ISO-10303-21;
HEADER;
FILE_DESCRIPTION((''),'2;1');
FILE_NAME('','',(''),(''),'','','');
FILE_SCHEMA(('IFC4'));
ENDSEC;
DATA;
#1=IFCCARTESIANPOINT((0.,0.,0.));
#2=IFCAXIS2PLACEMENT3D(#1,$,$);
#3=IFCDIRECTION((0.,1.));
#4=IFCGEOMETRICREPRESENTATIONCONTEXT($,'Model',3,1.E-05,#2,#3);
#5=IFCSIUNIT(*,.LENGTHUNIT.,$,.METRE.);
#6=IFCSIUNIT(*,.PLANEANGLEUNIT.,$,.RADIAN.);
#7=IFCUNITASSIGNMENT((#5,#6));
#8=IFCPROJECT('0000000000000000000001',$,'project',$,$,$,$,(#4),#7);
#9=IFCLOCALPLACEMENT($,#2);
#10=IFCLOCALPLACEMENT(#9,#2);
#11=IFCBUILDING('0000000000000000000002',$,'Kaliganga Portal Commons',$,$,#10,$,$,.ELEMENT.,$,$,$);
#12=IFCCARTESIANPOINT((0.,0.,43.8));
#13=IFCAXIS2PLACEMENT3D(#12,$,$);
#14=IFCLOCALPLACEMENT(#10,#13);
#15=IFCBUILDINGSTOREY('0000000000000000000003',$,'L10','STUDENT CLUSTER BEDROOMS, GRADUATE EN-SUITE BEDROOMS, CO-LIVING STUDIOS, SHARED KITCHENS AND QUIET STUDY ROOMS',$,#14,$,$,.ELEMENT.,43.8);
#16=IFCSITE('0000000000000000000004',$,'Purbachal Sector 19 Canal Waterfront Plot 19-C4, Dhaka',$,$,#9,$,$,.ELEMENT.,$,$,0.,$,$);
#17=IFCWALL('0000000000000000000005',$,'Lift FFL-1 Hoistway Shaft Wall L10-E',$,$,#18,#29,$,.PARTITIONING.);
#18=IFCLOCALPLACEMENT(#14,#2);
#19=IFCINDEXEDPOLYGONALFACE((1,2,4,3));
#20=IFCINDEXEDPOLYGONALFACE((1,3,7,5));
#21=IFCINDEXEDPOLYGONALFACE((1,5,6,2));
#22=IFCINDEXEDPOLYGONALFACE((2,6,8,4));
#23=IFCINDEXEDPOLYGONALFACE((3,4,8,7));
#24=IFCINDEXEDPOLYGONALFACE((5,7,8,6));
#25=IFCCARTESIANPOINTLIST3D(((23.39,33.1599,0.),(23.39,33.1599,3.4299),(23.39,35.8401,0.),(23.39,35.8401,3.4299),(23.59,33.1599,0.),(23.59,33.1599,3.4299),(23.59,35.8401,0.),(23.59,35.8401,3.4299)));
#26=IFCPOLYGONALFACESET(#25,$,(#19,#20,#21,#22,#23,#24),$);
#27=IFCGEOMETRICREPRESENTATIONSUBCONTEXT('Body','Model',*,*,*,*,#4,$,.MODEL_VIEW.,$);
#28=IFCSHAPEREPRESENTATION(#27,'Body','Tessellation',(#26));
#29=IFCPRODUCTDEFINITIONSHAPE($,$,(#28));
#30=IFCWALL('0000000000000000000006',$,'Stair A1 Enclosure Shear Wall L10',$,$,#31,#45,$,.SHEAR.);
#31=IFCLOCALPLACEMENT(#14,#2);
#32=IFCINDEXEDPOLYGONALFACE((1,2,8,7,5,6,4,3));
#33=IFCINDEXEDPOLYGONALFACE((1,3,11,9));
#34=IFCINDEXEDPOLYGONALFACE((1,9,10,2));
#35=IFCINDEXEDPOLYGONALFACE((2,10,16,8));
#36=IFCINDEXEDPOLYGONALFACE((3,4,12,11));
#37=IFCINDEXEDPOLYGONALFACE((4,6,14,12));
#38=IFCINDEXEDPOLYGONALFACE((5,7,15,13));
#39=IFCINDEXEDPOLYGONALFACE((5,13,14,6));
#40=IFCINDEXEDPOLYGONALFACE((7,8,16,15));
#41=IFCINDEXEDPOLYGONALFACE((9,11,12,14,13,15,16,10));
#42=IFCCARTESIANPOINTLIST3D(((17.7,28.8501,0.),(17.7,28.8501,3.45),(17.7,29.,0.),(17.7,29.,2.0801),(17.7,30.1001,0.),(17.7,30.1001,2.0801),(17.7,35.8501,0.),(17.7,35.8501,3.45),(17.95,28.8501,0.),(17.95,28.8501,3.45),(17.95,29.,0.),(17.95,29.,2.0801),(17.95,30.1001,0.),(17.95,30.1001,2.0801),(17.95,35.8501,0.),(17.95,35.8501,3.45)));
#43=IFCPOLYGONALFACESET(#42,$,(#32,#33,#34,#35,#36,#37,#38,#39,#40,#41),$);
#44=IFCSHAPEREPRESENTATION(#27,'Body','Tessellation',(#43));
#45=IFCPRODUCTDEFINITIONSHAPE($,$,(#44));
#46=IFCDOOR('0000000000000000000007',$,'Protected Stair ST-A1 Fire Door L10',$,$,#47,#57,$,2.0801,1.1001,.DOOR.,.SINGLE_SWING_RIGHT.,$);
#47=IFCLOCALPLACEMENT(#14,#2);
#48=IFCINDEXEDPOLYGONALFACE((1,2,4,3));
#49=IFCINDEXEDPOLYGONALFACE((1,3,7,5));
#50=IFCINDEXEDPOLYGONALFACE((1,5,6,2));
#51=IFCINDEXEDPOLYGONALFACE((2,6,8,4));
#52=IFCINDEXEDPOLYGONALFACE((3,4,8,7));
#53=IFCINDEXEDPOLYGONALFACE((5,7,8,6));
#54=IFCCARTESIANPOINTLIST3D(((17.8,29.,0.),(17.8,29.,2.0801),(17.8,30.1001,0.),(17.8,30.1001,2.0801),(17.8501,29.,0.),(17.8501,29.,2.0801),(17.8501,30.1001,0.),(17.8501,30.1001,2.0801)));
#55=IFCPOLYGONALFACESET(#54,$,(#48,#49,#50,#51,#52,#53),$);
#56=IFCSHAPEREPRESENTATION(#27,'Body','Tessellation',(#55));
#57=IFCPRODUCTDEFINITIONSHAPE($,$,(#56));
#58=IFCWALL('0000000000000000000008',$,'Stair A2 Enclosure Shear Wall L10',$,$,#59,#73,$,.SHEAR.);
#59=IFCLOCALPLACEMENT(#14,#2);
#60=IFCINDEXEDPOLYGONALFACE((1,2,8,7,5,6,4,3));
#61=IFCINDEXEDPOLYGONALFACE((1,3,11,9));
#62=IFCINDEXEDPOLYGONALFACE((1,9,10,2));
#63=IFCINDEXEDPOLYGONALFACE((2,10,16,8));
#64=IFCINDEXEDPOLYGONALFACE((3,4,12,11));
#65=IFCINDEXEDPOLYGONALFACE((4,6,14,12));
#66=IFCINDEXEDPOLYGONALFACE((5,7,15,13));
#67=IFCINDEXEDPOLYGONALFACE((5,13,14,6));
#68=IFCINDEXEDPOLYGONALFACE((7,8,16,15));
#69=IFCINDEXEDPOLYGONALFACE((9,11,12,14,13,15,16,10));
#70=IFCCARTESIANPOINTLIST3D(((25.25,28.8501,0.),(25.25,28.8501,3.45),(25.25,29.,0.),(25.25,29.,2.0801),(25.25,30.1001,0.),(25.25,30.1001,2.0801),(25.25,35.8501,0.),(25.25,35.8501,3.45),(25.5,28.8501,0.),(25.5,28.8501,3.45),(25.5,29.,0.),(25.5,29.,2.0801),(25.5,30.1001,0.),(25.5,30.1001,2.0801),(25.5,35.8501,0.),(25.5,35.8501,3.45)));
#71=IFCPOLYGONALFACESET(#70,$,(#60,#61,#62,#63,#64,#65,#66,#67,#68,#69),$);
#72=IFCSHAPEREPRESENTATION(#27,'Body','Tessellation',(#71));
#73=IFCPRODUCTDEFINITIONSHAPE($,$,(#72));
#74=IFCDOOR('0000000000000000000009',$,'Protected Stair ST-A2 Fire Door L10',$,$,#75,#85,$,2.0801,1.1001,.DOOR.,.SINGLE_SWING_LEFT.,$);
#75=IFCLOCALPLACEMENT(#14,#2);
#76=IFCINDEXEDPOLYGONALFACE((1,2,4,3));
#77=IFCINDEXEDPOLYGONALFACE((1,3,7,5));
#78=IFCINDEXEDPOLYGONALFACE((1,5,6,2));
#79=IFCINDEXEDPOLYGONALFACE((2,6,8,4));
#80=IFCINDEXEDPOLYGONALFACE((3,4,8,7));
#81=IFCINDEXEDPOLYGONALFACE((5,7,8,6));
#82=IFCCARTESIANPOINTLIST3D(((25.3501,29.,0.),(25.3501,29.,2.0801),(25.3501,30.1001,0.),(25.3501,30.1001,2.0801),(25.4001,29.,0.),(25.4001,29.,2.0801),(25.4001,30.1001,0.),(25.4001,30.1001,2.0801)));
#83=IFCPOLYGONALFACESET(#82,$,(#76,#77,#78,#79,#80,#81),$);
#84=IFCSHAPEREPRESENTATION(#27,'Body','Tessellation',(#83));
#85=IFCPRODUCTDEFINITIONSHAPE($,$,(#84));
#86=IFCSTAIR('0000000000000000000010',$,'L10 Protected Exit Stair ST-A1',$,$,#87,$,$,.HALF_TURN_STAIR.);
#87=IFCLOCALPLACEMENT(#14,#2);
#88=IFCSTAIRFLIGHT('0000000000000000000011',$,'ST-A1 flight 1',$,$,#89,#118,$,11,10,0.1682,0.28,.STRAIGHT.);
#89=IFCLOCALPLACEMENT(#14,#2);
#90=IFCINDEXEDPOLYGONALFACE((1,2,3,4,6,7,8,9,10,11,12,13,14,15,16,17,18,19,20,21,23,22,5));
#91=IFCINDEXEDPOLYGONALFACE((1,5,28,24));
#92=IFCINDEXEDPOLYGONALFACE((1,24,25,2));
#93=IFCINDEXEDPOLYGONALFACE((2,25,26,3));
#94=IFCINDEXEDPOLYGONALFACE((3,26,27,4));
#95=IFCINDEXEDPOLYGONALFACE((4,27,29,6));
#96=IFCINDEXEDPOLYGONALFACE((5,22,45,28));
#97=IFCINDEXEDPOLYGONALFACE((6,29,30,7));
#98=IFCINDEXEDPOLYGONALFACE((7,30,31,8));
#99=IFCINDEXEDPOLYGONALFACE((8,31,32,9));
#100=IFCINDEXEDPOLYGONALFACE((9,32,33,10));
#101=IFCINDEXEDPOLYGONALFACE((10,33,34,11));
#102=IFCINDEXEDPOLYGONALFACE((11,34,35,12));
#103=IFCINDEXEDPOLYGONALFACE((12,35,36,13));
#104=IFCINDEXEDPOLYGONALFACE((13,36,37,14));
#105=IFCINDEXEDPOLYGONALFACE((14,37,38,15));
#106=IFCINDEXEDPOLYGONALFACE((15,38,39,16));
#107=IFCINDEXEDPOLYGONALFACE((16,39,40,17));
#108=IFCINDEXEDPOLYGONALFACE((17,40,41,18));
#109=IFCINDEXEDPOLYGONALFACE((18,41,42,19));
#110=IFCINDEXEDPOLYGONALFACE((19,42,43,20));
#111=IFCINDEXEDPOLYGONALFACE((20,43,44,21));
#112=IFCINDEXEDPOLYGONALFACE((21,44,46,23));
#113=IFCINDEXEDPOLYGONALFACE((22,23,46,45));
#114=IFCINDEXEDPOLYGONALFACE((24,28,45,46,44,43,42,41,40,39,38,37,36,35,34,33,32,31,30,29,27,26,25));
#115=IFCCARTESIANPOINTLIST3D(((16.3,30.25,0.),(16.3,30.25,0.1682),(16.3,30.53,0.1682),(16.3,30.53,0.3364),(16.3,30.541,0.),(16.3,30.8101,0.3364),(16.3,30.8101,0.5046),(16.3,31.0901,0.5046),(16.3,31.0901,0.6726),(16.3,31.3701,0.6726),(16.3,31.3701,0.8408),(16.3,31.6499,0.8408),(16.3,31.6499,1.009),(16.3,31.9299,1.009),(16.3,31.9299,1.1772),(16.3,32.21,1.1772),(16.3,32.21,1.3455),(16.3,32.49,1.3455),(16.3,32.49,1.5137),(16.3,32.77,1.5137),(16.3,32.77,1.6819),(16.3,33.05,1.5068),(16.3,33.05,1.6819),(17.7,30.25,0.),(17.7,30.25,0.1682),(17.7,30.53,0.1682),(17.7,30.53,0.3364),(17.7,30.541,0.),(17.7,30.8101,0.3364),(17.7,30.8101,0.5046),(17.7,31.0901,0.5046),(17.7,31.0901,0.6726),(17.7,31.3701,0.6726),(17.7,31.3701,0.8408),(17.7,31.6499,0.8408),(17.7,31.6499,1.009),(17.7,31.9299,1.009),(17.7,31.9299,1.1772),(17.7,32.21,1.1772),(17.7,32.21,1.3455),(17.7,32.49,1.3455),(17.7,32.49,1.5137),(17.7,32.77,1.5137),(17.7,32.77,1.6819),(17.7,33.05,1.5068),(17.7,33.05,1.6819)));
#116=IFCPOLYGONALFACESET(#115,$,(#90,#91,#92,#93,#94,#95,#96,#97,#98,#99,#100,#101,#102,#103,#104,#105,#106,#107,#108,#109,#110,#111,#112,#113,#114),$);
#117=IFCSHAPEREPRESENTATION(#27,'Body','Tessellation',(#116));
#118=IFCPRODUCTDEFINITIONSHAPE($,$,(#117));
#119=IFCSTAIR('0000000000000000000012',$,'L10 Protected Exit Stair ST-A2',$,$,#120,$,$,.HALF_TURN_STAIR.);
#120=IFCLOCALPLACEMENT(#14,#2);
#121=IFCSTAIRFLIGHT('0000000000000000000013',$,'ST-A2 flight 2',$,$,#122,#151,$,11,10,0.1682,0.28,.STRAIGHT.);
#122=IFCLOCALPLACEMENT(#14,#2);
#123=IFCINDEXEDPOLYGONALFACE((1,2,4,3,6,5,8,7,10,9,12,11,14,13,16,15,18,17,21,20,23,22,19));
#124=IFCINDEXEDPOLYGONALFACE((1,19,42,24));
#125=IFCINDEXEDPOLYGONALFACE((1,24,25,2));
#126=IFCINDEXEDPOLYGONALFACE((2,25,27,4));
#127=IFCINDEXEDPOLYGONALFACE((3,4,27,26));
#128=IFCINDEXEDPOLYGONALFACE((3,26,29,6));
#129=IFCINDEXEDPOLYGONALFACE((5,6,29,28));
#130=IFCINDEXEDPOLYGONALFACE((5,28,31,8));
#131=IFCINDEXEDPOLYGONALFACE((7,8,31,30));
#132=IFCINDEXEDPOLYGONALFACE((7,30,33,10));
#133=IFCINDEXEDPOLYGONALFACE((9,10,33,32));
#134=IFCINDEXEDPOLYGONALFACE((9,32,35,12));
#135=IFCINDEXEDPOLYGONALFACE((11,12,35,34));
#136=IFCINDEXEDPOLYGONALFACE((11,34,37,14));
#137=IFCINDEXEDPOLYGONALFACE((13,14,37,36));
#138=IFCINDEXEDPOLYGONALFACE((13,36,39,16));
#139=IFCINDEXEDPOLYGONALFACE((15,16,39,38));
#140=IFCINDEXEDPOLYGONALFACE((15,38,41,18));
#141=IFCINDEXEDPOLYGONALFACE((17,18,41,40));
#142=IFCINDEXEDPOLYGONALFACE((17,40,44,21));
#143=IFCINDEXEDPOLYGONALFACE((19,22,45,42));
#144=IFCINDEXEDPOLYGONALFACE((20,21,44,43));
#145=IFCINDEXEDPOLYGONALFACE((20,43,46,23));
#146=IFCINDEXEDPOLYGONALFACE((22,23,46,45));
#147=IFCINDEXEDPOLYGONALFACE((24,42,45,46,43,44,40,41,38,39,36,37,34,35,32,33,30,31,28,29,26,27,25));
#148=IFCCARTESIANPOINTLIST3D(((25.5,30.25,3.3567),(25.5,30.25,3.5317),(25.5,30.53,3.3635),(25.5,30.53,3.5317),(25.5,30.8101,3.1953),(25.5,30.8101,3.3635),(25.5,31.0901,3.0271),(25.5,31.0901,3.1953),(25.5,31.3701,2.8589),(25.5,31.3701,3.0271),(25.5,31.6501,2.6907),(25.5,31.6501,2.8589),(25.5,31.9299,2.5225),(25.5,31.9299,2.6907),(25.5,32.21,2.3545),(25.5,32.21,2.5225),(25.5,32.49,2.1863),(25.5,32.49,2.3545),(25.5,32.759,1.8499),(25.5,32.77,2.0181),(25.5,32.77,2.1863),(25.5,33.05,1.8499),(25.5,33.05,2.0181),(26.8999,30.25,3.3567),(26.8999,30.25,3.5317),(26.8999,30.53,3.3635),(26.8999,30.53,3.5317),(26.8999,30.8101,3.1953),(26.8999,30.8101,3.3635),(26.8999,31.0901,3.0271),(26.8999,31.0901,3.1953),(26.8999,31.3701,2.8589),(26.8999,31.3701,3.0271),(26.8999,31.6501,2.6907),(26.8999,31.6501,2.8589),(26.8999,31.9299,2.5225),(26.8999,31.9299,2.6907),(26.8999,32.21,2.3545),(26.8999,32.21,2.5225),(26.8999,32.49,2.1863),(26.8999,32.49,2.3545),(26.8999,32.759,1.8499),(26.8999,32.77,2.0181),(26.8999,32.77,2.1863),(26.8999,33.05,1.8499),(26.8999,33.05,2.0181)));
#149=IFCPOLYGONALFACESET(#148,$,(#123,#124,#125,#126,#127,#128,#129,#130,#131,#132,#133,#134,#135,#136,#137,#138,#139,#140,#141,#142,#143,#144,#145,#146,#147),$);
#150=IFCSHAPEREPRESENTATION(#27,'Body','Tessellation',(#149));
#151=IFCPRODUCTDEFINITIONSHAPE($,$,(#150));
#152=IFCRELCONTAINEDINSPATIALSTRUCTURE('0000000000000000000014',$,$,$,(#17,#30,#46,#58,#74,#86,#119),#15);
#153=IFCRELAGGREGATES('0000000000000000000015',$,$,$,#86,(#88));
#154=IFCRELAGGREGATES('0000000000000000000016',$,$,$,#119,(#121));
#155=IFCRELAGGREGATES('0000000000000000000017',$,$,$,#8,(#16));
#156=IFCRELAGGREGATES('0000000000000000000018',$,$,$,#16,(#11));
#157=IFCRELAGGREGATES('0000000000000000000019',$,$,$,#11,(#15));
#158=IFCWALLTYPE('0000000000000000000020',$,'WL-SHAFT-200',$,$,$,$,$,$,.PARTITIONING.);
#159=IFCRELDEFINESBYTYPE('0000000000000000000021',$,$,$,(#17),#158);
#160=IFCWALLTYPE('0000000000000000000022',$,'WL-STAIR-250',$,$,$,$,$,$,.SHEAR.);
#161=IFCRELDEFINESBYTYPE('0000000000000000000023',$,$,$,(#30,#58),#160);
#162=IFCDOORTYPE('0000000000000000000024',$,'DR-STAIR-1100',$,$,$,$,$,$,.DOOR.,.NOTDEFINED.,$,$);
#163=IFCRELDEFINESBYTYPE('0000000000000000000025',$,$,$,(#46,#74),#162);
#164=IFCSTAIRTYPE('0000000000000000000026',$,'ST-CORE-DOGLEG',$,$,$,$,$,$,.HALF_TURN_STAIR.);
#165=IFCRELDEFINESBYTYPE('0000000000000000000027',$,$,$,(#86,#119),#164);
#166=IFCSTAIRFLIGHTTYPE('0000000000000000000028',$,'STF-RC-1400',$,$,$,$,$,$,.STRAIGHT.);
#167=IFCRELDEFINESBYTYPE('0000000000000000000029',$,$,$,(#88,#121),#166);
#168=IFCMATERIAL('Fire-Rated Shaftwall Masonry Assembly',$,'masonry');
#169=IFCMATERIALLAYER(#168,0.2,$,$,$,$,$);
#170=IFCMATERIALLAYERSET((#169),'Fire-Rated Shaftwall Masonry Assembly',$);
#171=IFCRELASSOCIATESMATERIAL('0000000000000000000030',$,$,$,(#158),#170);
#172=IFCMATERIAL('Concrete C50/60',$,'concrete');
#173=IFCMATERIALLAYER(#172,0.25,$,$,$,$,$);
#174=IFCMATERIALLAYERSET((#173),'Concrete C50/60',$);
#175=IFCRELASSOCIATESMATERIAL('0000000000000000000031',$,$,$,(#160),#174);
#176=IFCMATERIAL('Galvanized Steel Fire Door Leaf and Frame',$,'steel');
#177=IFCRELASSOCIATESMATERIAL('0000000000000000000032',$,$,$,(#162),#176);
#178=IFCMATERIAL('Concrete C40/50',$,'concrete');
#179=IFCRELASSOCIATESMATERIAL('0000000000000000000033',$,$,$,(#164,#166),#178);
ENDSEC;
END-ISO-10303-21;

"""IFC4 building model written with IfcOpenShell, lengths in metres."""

from ifc_helpers import new_model, si_unit, direction, frame, frame_2d, origin, place, context, subcontext, project, spatial, polyline, rectangle, outline, extrude, material, layer, layer_set, type_object, element, fill, aggregate, save


model = new_model("IFC4")

# Units and contexts
model_context = context("Model", 3, precision=1e-05, world=origin(), true_north=direction((0.0, 1.0)))
body_context = subcontext(model_context, "Body", "Model", "MODEL_VIEW")
ifc_project = project(units=[si_unit("LENGTHUNIT", "METRE"), si_unit("PLANEANGLEUNIT", "RADIAN")], contexts=[model_context])

# Site, building, storey
site_placement = place(None, origin())
site = spatial("IfcSite", under=ifc_project, at=site_placement, Name="Purbachal Sector 19 Canal Waterfront Plot 19-C4, Dhaka", CompositionType="ELEMENT", RefElevation=0.0)
building_placement = place(site_placement, origin())
building = spatial("IfcBuilding", under=site, at=building_placement, Name="Kaliganga Portal Commons", CompositionType="ELEMENT")
storey_placement = place(building_placement, frame((0.0, 0.0, 43.8)))
storey = spatial("IfcBuildingStorey", under=building, at=storey_placement, Name="L10", Description="STUDENT CLUSTER BEDROOMS, GRADUATE EN-SUITE BEDROOMS, CO-LIVING STUDIOS, SHARED KITCHENS AND QUIET STUDY ROOMS", CompositionType="ELEMENT", Elevation=43.8)

# Shared definitions
ifc_material_1 = material(Name="Fire-Rated Shaftwall Masonry Assembly", Category="masonry")
ifc_layer_1 = layer(ifc_material_1, 0.2)
ifc_layer_set_1 = layer_set([ifc_layer_1], Name="Fire-Rated Shaftwall Masonry Assembly")
wall_type_1 = type_object("IfcWallType", Name="WL-SHAFT-200", PredefinedType="PARTITIONING", material=ifc_layer_set_1)

# Wall
wall_1_placement = place(storey_placement, frame((23.49, 33.1599, 0.0), z_axis=(0.0, 0.0, 1.0), x_axis=(0.0, 1.0, 0.0)))
element("IfcWall", 1, at=wall_1_placement, inside=storey, type_object=wall_type_1, Name="Lift FFL-1 Hoistway Shaft Wall L10-E", PredefinedType="PARTITIONING", context=body_context, shape_type="SweptSolid", body=[
    extrude(rectangle(XDim=2.6802, YDim=0.2, at=frame_2d((1.3401, 0.0))), origin(), (0.0, 0.0, 1.0), 3.4299),
])

# Walls, openings, doors
ifc_material_2 = material(Name="Concrete C50/60", Category="concrete")
ifc_layer_2 = layer(ifc_material_2, 0.25)
ifc_layer_set_2 = layer_set([ifc_layer_2], Name="Concrete C50/60")
wall_type_2 = type_object("IfcWallType", Name="WL-STAIR-250", PredefinedType="SHEAR", material=ifc_layer_set_2)
wall_2_placement = place(storey_placement, frame((17.825, 28.8501, 0.0), z_axis=(0.0, 0.0, 1.0), x_axis=(0.0, 1.0, 0.0)))
wall_2 = element("IfcWall", 2, at=wall_2_placement, inside=storey, type_object=wall_type_2, Name="Stair A1 Enclosure Shear Wall L10", PredefinedType="SHEAR", context=body_context, shape_type="SweptSolid", body=[
    extrude(rectangle(XDim=7.0, YDim=0.25, at=frame_2d((3.5, 0.0))), origin(), (0.0, 0.0, 1.0), 3.45),
])
opening_1_placement = place(wall_2_placement, frame((0.1499, 0.0, 0.0)))
opening_1 = element("IfcOpeningElement", 3, at=opening_1_placement, cuts=wall_2, PredefinedType="OPENING", context=body_context, shape_type="SweptSolid", body=[
    extrude(rectangle(XDim=1.1001, YDim=2.0801, at=frame_2d((0.55, 1.04))), frame((0.0, 0.135, 0.0), z_axis=(0.0, -1.0, 0.0), x_axis=(1.0, 0.0, 0.0)), (0.0, 0.0, 1.0), 0.27),
])
ifc_material_3 = material(Name="Galvanized Steel Fire Door Leaf and Frame", Category="steel")
door_type_1 = type_object("IfcDoorType", Name="DR-STAIR-1100", OperationType="NOTDEFINED", PredefinedType="DOOR", material=ifc_material_3)
door_1_placement = place(opening_1_placement, origin())
door_1 = element("IfcDoor", 4, at=door_1_placement, inside=storey, type_object=door_type_1, Name="Protected Stair ST-A1 Fire Door L10", OperationType="SINGLE_SWING_RIGHT", OverallHeight=2.0801, OverallWidth=1.1001, PredefinedType="DOOR", context=body_context, shape_type="SweptSolid", body=[
    extrude(rectangle(XDim=1.1001, YDim=2.0801, at=frame_2d((0.55, 1.04))), frame((0.0, 0.0249, 0.0), z_axis=(0.0, -1.0, 0.0), x_axis=(1.0, 0.0, 0.0)), (0.0, 0.0, 1.0), 0.05),
])
fill(opening_1, door_1)
wall_3_placement = place(storey_placement, frame((25.375, 28.8501, 0.0), z_axis=(0.0, 0.0, 1.0), x_axis=(0.0, 1.0, 0.0)))
wall_3 = element("IfcWall", 5, at=wall_3_placement, inside=storey, type_object=wall_type_2, Name="Stair A2 Enclosure Shear Wall L10", PredefinedType="SHEAR", context=body_context, shape_type="SweptSolid", body=[
    extrude(rectangle(XDim=7.0, YDim=0.25, at=frame_2d((3.5, 0.0))), origin(), (0.0, 0.0, 1.0), 3.45),
])
opening_2_placement = place(wall_3_placement, frame((0.1499, 0.0, 0.0)))
opening_2 = element("IfcOpeningElement", 6, at=opening_2_placement, cuts=wall_3, PredefinedType="OPENING", context=body_context, shape_type="SweptSolid", body=[
    extrude(rectangle(XDim=1.1001, YDim=2.0801, at=frame_2d((0.55, 1.04))), frame((0.0, 0.135, 0.0), z_axis=(0.0, -1.0, 0.0), x_axis=(1.0, 0.0, 0.0)), (0.0, 0.0, 1.0), 0.27),
])
door_2_placement = place(opening_2_placement, origin())
door_2 = element("IfcDoor", 7, at=door_2_placement, inside=storey, type_object=door_type_1, Name="Protected Stair ST-A2 Fire Door L10", OperationType="SINGLE_SWING_LEFT", OverallHeight=2.0801, OverallWidth=1.1001, PredefinedType="DOOR", context=body_context, shape_type="SweptSolid", body=[
    extrude(rectangle(XDim=1.1001, YDim=2.0801, at=frame_2d((0.55, 1.04))), frame((0.0, 0.0249, 0.0), z_axis=(0.0, -1.0, 0.0), x_axis=(1.0, 0.0, 0.0)), (0.0, 0.0, 1.0), 0.05),
])
fill(opening_2, door_2)

# Stairs, stair flights
ifc_material_4 = material(Name="Concrete C40/50", Category="concrete")
stair_type = type_object("IfcStairType", Name="ST-CORE-DOGLEG", PredefinedType="HALF_TURN_STAIR", material=ifc_material_4)
stair_1_placement = place(storey_placement, origin())
stair_1 = element("IfcStair", 8, at=stair_1_placement, inside=storey, type_object=stair_type, Name="L10 Protected Exit Stair ST-A1", PredefinedType="HALF_TURN_STAIR")
stair_flight_type = type_object("IfcStairFlightType", Name="STF-RC-1400", PredefinedType="STRAIGHT", material=ifc_material_4)
stair_flight_1_placement = place(storey_placement, frame((17.0, 30.25, 0.0), z_axis=(0.0, 0.0, 1.0), x_axis=(0.0, 1.0, 0.0)))
stair_flight_1 = element("IfcStairFlight", 9, at=stair_flight_1_placement, type_object=stair_flight_type, Name="ST-A1 flight 1", NumberOfRisers=11, NumberOfTreads=10, PredefinedType="STRAIGHT", RiserHeight=0.1682, TreadLength=0.28, context=body_context, shape_type="SweptSolid", body=[
    extrude(outline(polyline([(0.0, 0.0), (0.0, 0.1682), (0.28, 0.1682), (0.28, 0.3364), (0.5601, 0.3364), (0.5601, 0.5046), (0.8401, 0.5046), (0.8401, 0.6726), (1.1201, 0.6726), (1.1201, 0.8408), (1.3999, 0.8408), (1.3999, 1.009), (1.6799, 1.009), (1.6799, 1.1772), (1.96, 1.1772), (1.96, 1.3455), (2.24, 1.3455), (2.24, 1.5137), (2.52, 1.5137), (2.52, 1.6819), (2.8, 1.6819), (2.8, 1.8501), (2.8, 1.5068), (0.291, 0.0), (0.0, 0.0)])), frame((0.0, 0.7, 0.0), z_axis=(0.0, -1.0, 0.0), x_axis=(1.0, 0.0, 0.0)), (0.0, 0.0, 1.0), 1.3999),
])
aggregate(stair_1, [stair_flight_1])
stair_2_placement = place(storey_placement, origin())
stair_2 = element("IfcStair", 10, at=stair_2_placement, inside=storey, type_object=stair_type, Name="L10 Protected Exit Stair ST-A2", PredefinedType="HALF_TURN_STAIR")
stair_flight_2_placement = place(storey_placement, frame((26.2, 33.05, 1.8499), z_axis=(0.0, 0.0, 1.0), x_axis=(0.0, -1.0, 0.0)))
stair_flight_2 = element("IfcStairFlight", 11, at=stair_flight_2_placement, type_object=stair_flight_type, Name="ST-A2 flight 2", NumberOfRisers=11, NumberOfTreads=10, PredefinedType="STRAIGHT", RiserHeight=0.1682, TreadLength=0.28, context=body_context, shape_type="SweptSolid", body=[
    extrude(outline(polyline([(0.0, 0.0), (0.0, 0.1682), (0.28, 0.1682), (0.28, 0.3364), (0.5601, 0.3364), (0.5601, 0.5046), (0.8401, 0.5046), (0.8401, 0.6726), (1.1201, 0.6726), (1.1201, 0.8408), (1.3999, 0.8408), (1.3999, 1.009), (1.6799, 1.009), (1.6799, 1.1772), (1.96, 1.1772), (1.96, 1.3455), (2.24, 1.3455), (2.24, 1.5137), (2.52, 1.5137), (2.52, 1.6819), (2.8, 1.6819), (2.8, 1.8501), (2.8, 1.5068), (0.291, 0.0), (0.0, 0.0)])), frame((0.0, 0.7, 0.0), z_axis=(0.0, -1.0, 0.0), x_axis=(1.0, 0.0, 0.0)), (0.0, 0.0, 1.0), 1.3999),
])
aggregate(stair_2, [stair_flight_2])

save(model, "model.ifc")
